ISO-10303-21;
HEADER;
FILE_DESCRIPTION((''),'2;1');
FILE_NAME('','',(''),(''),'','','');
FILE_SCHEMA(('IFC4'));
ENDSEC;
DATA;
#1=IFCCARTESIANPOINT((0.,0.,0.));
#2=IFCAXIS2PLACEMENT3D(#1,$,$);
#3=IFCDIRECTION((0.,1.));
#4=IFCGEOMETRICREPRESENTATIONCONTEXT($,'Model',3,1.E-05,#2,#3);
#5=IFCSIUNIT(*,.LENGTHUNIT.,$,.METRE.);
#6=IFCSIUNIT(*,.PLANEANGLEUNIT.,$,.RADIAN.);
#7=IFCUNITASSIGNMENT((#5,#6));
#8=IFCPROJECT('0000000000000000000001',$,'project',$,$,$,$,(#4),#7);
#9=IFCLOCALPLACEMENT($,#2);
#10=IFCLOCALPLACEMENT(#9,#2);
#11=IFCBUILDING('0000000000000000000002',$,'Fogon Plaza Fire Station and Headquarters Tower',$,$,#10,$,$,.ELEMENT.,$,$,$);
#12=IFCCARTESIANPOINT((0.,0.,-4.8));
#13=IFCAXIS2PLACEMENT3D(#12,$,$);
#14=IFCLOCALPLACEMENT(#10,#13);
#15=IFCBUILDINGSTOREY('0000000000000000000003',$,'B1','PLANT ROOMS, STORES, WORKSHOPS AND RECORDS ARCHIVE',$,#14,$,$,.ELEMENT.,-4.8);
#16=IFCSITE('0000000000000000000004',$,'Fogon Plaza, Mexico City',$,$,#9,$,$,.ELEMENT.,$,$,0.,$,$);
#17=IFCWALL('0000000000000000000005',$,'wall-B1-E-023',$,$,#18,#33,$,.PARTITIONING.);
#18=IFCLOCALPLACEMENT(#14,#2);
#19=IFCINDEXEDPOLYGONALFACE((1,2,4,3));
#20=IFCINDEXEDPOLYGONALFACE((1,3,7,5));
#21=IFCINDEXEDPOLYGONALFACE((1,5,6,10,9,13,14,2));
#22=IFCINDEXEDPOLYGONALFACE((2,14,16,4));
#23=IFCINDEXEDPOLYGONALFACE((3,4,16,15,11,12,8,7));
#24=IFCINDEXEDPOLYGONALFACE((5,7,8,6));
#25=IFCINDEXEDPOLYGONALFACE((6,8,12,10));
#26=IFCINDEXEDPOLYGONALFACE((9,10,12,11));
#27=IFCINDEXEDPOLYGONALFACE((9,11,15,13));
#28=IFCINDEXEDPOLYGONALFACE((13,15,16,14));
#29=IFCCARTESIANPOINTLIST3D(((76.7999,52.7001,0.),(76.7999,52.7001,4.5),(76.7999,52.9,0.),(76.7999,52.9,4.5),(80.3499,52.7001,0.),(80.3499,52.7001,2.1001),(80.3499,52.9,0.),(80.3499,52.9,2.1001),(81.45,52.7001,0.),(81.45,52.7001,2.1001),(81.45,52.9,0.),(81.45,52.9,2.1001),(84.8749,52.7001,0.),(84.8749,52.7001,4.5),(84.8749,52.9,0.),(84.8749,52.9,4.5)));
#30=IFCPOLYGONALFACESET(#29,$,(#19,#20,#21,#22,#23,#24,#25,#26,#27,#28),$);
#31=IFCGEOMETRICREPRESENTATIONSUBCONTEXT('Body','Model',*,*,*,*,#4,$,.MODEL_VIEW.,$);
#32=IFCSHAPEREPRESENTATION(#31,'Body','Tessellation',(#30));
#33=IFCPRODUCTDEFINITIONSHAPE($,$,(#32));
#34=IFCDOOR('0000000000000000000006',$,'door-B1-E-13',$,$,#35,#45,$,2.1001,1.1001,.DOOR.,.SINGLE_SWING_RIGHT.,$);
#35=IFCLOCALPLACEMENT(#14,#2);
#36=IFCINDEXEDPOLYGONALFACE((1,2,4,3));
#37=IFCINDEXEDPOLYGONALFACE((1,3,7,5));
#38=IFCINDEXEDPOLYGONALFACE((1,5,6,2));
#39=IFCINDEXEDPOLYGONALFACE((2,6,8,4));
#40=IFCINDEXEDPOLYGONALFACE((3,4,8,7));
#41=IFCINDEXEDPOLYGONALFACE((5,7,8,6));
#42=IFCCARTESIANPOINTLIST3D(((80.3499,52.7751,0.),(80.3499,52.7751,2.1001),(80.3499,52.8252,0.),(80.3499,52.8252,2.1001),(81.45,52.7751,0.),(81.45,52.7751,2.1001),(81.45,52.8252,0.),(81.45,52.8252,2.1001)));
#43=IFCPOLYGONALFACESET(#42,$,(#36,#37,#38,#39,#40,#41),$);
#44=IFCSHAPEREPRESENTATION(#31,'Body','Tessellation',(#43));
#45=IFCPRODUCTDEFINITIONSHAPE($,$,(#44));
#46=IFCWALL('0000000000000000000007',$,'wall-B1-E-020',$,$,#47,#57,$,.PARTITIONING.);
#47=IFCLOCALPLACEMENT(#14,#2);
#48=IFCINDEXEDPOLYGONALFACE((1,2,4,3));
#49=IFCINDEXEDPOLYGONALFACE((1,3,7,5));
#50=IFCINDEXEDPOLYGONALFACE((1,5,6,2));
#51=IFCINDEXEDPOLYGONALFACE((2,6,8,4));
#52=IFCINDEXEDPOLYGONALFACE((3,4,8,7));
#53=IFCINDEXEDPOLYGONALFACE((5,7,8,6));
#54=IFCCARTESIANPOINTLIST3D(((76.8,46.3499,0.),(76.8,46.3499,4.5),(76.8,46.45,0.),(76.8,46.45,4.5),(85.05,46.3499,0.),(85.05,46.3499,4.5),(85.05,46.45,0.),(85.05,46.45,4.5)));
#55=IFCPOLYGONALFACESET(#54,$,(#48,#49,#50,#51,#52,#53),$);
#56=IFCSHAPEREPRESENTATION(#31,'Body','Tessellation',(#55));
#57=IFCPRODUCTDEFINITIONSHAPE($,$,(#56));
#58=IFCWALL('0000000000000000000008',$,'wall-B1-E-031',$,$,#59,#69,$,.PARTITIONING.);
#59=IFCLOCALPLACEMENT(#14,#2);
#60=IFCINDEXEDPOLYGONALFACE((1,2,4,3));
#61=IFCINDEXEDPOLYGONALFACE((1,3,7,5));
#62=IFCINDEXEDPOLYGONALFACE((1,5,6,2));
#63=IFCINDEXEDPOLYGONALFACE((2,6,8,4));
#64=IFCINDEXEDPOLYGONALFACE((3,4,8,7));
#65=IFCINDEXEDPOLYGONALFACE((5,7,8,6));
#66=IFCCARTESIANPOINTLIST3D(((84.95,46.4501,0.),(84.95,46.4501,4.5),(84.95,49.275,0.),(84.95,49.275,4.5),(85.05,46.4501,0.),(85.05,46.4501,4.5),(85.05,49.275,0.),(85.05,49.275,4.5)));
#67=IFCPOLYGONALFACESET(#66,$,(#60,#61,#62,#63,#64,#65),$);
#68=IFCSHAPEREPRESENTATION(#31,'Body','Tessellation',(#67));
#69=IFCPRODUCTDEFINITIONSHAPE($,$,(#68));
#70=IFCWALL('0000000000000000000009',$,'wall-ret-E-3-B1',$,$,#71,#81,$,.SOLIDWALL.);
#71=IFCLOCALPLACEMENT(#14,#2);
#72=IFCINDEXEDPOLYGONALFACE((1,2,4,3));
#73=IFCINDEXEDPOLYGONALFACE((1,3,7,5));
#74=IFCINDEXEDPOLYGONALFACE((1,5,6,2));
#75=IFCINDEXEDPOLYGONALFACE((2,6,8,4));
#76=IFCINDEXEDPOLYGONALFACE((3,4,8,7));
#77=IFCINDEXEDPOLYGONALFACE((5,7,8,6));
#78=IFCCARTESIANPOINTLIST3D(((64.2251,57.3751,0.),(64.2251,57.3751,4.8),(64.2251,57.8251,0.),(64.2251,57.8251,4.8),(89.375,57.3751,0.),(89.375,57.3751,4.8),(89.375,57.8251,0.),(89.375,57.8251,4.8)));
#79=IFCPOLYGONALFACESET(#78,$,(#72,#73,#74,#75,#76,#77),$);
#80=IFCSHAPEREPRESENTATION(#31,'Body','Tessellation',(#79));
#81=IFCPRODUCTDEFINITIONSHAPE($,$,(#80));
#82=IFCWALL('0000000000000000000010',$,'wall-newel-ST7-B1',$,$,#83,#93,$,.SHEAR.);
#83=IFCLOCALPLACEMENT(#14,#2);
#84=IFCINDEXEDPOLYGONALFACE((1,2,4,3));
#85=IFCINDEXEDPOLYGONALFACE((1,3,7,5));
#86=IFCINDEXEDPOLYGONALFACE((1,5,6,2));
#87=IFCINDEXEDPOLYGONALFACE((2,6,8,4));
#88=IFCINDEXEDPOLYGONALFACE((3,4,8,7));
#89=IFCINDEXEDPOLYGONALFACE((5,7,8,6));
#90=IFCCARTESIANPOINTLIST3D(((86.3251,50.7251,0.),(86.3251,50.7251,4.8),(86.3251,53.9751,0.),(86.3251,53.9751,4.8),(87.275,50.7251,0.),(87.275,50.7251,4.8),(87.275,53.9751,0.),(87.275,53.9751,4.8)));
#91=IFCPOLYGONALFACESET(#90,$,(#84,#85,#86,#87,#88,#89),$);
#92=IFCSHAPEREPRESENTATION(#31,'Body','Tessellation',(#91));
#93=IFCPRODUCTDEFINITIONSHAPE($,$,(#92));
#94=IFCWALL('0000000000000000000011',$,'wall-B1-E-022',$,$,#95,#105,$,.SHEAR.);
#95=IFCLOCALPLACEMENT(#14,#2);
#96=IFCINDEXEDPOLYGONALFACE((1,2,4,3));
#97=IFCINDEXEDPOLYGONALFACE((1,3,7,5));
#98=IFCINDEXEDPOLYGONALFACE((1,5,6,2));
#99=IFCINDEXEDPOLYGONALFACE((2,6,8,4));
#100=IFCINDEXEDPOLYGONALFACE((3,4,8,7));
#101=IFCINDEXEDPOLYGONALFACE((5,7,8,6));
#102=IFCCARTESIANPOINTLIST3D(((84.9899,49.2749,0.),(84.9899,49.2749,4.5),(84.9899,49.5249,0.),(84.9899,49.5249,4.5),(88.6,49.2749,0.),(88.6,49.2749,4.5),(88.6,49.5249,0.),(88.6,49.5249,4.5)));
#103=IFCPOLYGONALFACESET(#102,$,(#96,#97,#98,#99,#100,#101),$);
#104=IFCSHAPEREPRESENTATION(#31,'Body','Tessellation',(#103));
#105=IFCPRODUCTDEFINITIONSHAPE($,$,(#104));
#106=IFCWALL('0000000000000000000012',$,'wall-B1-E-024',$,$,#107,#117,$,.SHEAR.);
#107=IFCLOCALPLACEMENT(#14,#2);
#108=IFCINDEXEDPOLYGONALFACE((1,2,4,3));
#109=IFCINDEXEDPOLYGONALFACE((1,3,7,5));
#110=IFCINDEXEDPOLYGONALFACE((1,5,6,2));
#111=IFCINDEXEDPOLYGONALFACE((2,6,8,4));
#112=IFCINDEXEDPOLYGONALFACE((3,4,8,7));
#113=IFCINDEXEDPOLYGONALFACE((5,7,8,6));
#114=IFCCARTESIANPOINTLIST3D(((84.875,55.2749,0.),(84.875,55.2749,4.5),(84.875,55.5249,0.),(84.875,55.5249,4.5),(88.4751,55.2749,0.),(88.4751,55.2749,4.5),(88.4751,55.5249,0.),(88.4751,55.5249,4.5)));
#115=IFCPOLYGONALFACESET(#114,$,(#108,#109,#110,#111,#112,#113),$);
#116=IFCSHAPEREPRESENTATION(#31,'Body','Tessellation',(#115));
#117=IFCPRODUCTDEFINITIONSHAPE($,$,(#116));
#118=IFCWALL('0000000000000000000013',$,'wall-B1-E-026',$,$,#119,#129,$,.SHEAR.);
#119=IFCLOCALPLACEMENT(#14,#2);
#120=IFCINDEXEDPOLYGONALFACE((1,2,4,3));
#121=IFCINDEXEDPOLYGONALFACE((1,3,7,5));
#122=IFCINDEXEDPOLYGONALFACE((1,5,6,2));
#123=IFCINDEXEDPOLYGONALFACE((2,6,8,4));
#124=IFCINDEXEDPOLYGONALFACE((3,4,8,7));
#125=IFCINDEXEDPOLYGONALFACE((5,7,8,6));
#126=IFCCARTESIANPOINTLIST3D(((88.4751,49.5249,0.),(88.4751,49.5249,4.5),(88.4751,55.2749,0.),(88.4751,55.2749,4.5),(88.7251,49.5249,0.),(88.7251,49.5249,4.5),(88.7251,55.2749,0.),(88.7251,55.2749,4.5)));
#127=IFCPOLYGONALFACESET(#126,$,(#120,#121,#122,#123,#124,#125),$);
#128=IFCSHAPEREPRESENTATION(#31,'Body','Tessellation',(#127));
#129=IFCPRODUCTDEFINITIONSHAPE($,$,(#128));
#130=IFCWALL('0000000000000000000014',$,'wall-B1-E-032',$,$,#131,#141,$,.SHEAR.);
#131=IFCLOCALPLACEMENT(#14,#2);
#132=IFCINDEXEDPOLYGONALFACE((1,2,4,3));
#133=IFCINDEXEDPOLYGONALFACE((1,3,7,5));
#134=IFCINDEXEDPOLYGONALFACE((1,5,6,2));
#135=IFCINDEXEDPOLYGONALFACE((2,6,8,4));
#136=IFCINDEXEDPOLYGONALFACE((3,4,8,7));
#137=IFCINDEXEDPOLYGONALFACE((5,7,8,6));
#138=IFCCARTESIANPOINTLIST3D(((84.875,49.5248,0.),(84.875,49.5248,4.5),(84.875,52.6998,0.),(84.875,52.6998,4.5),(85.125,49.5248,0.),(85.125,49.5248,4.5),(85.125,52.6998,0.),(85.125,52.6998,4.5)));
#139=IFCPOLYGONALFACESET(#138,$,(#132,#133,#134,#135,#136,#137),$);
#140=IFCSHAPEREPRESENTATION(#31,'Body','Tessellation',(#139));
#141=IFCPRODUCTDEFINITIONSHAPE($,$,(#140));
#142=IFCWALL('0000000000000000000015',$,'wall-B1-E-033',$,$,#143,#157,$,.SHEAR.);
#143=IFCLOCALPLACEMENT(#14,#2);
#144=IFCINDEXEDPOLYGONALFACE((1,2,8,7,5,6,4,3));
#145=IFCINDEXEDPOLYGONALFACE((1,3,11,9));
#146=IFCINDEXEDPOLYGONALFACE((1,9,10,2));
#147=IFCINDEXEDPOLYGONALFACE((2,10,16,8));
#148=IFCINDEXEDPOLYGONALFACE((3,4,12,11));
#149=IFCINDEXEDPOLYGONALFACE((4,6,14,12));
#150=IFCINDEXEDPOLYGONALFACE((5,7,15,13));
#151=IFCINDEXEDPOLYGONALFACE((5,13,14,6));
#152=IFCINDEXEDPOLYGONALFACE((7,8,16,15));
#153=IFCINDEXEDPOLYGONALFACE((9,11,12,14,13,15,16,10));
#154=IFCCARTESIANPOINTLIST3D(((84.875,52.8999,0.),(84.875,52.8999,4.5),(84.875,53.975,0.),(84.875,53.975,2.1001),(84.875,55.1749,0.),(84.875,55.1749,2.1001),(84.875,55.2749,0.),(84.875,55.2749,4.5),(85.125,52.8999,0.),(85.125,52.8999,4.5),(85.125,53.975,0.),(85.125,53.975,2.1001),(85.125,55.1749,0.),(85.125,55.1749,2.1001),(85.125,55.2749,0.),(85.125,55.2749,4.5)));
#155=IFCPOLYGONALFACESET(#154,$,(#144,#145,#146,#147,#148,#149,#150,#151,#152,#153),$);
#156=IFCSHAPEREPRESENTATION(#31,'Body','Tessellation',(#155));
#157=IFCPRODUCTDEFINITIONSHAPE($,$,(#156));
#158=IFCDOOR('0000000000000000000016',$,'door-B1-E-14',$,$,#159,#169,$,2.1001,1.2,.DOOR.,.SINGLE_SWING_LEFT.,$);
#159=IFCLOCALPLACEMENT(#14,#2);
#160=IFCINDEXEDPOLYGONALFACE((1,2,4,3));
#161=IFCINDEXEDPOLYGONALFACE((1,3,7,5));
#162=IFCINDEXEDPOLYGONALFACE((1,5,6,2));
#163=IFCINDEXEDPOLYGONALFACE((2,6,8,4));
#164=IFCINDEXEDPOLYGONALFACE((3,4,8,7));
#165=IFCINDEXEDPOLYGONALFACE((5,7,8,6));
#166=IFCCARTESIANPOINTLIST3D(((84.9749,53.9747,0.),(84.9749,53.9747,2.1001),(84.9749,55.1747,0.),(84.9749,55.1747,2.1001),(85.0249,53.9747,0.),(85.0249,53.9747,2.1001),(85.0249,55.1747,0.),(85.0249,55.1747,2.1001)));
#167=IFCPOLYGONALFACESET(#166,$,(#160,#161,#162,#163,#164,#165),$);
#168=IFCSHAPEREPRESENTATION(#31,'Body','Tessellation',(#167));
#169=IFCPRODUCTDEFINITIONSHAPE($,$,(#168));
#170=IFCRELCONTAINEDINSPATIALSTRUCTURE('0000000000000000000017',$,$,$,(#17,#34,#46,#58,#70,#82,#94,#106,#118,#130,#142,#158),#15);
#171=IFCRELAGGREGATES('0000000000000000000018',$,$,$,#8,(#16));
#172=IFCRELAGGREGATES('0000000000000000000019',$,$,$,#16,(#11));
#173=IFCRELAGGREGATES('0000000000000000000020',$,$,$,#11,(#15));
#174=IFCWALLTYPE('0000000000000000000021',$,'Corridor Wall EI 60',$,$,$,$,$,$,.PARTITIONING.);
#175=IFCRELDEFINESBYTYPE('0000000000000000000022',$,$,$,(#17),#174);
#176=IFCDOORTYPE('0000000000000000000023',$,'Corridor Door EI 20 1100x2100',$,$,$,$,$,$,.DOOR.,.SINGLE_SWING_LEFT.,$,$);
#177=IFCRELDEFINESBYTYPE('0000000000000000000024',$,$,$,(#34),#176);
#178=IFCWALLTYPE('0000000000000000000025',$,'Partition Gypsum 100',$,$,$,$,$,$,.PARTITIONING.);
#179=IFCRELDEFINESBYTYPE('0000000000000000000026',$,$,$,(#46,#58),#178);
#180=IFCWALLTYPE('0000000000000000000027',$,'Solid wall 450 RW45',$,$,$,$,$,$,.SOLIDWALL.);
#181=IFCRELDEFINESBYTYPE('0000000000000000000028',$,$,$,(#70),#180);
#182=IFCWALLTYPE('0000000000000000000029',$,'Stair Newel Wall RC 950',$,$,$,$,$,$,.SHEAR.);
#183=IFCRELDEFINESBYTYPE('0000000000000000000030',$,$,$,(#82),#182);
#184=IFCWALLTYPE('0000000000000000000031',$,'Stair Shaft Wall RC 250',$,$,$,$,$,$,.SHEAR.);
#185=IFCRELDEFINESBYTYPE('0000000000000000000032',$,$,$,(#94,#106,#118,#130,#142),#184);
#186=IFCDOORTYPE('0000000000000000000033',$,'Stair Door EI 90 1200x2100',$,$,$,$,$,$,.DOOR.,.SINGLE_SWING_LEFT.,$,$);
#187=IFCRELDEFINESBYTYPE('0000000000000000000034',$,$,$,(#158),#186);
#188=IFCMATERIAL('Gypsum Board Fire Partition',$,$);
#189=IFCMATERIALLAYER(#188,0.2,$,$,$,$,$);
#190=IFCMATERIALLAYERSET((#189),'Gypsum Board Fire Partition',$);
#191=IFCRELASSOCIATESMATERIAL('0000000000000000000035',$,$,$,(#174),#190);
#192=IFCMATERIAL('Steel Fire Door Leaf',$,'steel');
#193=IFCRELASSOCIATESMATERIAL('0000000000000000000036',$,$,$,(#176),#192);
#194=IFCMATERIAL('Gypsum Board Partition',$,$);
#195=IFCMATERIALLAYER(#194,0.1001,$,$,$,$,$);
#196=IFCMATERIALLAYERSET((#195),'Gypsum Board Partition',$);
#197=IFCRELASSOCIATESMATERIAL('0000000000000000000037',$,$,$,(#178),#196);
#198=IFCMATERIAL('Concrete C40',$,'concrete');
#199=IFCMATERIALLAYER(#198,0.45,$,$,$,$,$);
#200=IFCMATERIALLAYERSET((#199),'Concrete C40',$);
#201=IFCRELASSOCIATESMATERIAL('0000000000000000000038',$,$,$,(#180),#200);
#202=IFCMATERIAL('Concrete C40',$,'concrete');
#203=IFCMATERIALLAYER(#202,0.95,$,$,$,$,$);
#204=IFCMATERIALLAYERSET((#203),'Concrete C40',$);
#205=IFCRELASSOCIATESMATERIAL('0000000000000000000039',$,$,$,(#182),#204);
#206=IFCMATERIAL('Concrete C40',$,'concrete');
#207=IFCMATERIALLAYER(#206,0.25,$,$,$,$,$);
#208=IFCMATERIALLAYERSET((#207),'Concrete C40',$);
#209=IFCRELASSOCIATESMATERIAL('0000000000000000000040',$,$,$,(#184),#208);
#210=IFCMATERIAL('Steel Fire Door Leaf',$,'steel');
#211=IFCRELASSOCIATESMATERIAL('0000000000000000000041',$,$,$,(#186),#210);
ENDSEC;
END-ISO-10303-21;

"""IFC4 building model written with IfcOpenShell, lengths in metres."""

from ifc_helpers import new_model, si_unit, direction, frame, frame_2d, origin, place, context, subcontext, project, spatial, rectangle, extrude, material, layer, layer_set, type_object, element, fill, save


model = new_model("IFC4")

# Units and contexts
model_context = context("Model", 3, precision=1e-05, world=origin(), true_north=direction((0.0, 1.0)))
body_context = subcontext(model_context, "Body", "Model", "MODEL_VIEW")
ifc_project = project(units=[si_unit("LENGTHUNIT", "METRE"), si_unit("PLANEANGLEUNIT", "RADIAN")], contexts=[model_context])

# Site, building, storey
site_placement = place(None, origin())
site = spatial("IfcSite", under=ifc_project, at=site_placement, Name="Fogon Plaza, Mexico City", CompositionType="ELEMENT", RefElevation=0.0)
building_placement = place(site_placement, origin())
building = spatial("IfcBuilding", under=site, at=building_placement, Name="Fogon Plaza Fire Station and Headquarters Tower", CompositionType="ELEMENT")
storey_placement = place(building_placement, frame((0.0, 0.0, -4.8)))
storey = spatial("IfcBuildingStorey", under=building, at=storey_placement, Name="B1", Description="PLANT ROOMS, STORES, WORKSHOPS AND RECORDS ARCHIVE", CompositionType="ELEMENT", Elevation=-4.8)

# Wall, opening, door
ifc_material_1 = material(Name="Gypsum Board Fire Partition")
ifc_layer_1 = layer(ifc_material_1, 0.2)
ifc_layer_set_1 = layer_set([ifc_layer_1], Name="Gypsum Board Fire Partition")
wall_type_1 = type_object("IfcWallType", Name="Corridor Wall EI 60", PredefinedType="PARTITIONING", material=ifc_layer_set_1)
wall_1_placement = place(storey_placement, frame((84.875, 52.8, 0.0), z_axis=(0.0, 0.0, 1.0), x_axis=(-1.0, 0.0, 0.0)))
wall_1 = element("IfcWall", 1, at=wall_1_placement, inside=storey, type_object=wall_type_1, Name="wall-B1-E-023", PredefinedType="PARTITIONING", context=body_context, shape_type="SweptSolid", body=[
    extrude(rectangle(XDim=8.075, YDim=0.2, at=frame_2d((4.0376, 0.0))), origin(), (0.0, 0.0, 1.0), 4.5),
])
opening_1_placement = place(wall_1_placement, frame((3.425, 0.0, 0.0)))
opening_1 = element("IfcOpeningElement", 2, at=opening_1_placement, cuts=wall_1, PredefinedType="OPENING", context=body_context, shape_type="SweptSolid", body=[
    extrude(rectangle(XDim=1.1001, YDim=2.1001, at=frame_2d((0.55, 1.05))), frame((0.0, 0.1099, 0.0), z_axis=(0.0, -1.0, 0.0), x_axis=(1.0, 0.0, 0.0)), (0.0, 0.0, 1.0), 0.22),
])
ifc_material_2 = material(Name="Steel Fire Door Leaf", Category="steel")
door_type_1 = type_object("IfcDoorType", Name="Corridor Door EI 20 1100x2100", OperationType="SINGLE_SWING_LEFT", PredefinedType="DOOR", material=ifc_material_2)
door_1_placement = place(opening_1_placement, origin())
door_1 = element("IfcDoor", 3, at=door_1_placement, inside=storey, type_object=door_type_1, Name="door-B1-E-13", OperationType="SINGLE_SWING_RIGHT", OverallHeight=2.1001, OverallWidth=1.1001, PredefinedType="DOOR", context=body_context, shape_type="SweptSolid", body=[
    extrude(rectangle(XDim=1.1001, YDim=2.1001, at=frame_2d((0.55, 1.05))), frame((0.0, 0.0249, 0.0), z_axis=(0.0, -1.0, 0.0), x_axis=(1.0, 0.0, 0.0)), (0.0, 0.0, 1.0), 0.05),
])
fill(opening_1, door_1)

# Walls
ifc_material_3 = material(Name="Gypsum Board Partition")
ifc_layer_2 = layer(ifc_material_3, 0.1001)
ifc_layer_set_2 = layer_set([ifc_layer_2], Name="Gypsum Board Partition")
wall_type_2 = type_object("IfcWallType", Name="Partition Gypsum 100", PredefinedType="PARTITIONING", material=ifc_layer_set_2)
wall_2_placement = place(storey_placement, frame((85.05, 46.3999, 0.0), z_axis=(0.0, 0.0, 1.0), x_axis=(-1.0, 0.0, 0.0)))
element("IfcWall", 4, at=wall_2_placement, inside=storey, type_object=wall_type_2, Name="wall-B1-E-020", PredefinedType="PARTITIONING", context=body_context, shape_type="SweptSolid", body=[
    extrude(rectangle(XDim=8.25, YDim=0.1001, at=frame_2d((4.125, 0.0))), origin(), (0.0, 0.0, 1.0), 4.5),
])
wall_3_placement = place(storey_placement, frame((85.0, 46.45, 0.0), z_axis=(0.0, 0.0, 1.0), x_axis=(0.0, 1.0, 0.0)))
element("IfcWall", 5, at=wall_3_placement, inside=storey, type_object=wall_type_2, Name="wall-B1-E-031", PredefinedType="PARTITIONING", context=body_context, shape_type="SweptSolid", body=[
    extrude(rectangle(XDim=2.825, YDim=0.1001, at=frame_2d((1.4126, 0.0))), origin(), (0.0, 0.0, 1.0), 4.5),
])
ifc_material_4 = material(Name="Concrete C40", Category="concrete")
ifc_layer_3 = layer(ifc_material_4, 0.45)
ifc_layer_set_3 = layer_set([ifc_layer_3], Name="Concrete C40")
wall_type_3 = type_object("IfcWallType", Name="Solid wall 450 RW45", PredefinedType="SOLIDWALL", material=ifc_layer_set_3)
wall_4_placement = place(storey_placement, frame((89.375, 57.6001, 0.0), z_axis=(0.0, 0.0, 1.0), x_axis=(-1.0, 0.0, 0.0)))
element("IfcWall", 6, at=wall_4_placement, inside=storey, type_object=wall_type_3, Name="wall-ret-E-3-B1", PredefinedType="SOLIDWALL", context=body_context, shape_type="SweptSolid", body=[
    extrude(rectangle(XDim=25.1499, YDim=0.45, at=frame_2d((12.575, 0.0))), origin(), (0.0, 0.0, 1.0), 4.8),
])
ifc_material_5 = material(Name="Concrete C40", Category="concrete")
ifc_layer_4 = layer(ifc_material_5, 0.95)
ifc_layer_set_4 = layer_set([ifc_layer_4], Name="Concrete C40")
wall_type_4 = type_object("IfcWallType", Name="Stair Newel Wall RC 950", PredefinedType="SHEAR", material=ifc_layer_set_4)
wall_5_placement = place(storey_placement, frame((86.8, 53.9751, 0.0), z_axis=(0.0, 0.0, 1.0), x_axis=(0.0, -1.0, 0.0)))
element("IfcWall", 7, at=wall_5_placement, inside=storey, type_object=wall_type_4, Name="wall-newel-ST7-B1", PredefinedType="SHEAR", context=body_context, shape_type="SweptSolid", body=[
    extrude(rectangle(XDim=3.25, YDim=0.95, at=frame_2d((1.625, 0.0))), origin(), (0.0, 0.0, 1.0), 4.8),
])
ifc_material_6 = material(Name="Concrete C40", Category="concrete")
ifc_layer_5 = layer(ifc_material_6, 0.25)
ifc_layer_set_5 = layer_set([ifc_layer_5], Name="Concrete C40")
wall_type_5 = type_object("IfcWallType", Name="Stair Shaft Wall RC 250", PredefinedType="SHEAR", material=ifc_layer_set_5)
wall_6_placement = place(storey_placement, frame((88.6001, 49.3999, 0.0), z_axis=(0.0, 0.0, 1.0), x_axis=(-1.0, 0.0, 0.0)))
element("IfcWall", 8, at=wall_6_placement, inside=storey, type_object=wall_type_5, Name="wall-B1-E-022", PredefinedType="SHEAR", context=body_context, shape_type="SweptSolid", body=[
    extrude(rectangle(XDim=3.6101, YDim=0.25, at=frame_2d((1.8052, 0.0))), origin(), (0.0, 0.0, 1.0), 4.5),
])
wall_7_placement = place(storey_placement, frame((88.4751, 55.3999, 0.0), z_axis=(0.0, 0.0, 1.0), x_axis=(-1.0, 0.0, 0.0)))
element("IfcWall", 9, at=wall_7_placement, inside=storey, type_object=wall_type_5, Name="wall-B1-E-024", PredefinedType="SHEAR", context=body_context, shape_type="SweptSolid", body=[
    extrude(rectangle(XDim=3.6001, YDim=0.25, at=frame_2d((1.8, 0.0))), origin(), (0.0, 0.0, 1.0), 4.5),
])
wall_8_placement = place(storey_placement, frame((88.6001, 49.5249, 0.0), z_axis=(0.0, 0.0, 1.0), x_axis=(0.0, 1.0, 0.0)))
element("IfcWall", 10, at=wall_8_placement, inside=storey, type_object=wall_type_5, Name="wall-B1-E-026", PredefinedType="SHEAR", context=body_context, shape_type="SweptSolid", body=[
    extrude(rectangle(XDim=5.75, YDim=0.25, at=frame_2d((2.875, 0.0))), origin(), (0.0, 0.0, 1.0), 4.5),
])
wall_9_placement = place(storey_placement, frame((85.0, 49.5249, 0.0), z_axis=(0.0, 0.0, 1.0), x_axis=(0.0, 1.0, 0.0)))
element("IfcWall", 11, at=wall_9_placement, inside=storey, type_object=wall_type_5, Name="wall-B1-E-032", PredefinedType="SHEAR", context=body_context, shape_type="SweptSolid", body=[
    extrude(rectangle(XDim=3.175, YDim=0.25, at=frame_2d((1.5874, 0.0))), origin(), (0.0, 0.0, 1.0), 4.5),
])

# Wall, opening, door
wall_10_placement = place(storey_placement, frame((85.0, 52.8999, 0.0), z_axis=(0.0, 0.0, 1.0), x_axis=(0.0, 1.0, 0.0)))
wall_10 = element("IfcWall", 12, at=wall_10_placement, inside=storey, type_object=wall_type_5, Name="wall-B1-E-033", PredefinedType="SHEAR", context=body_context, shape_type="SweptSolid", body=[
    extrude(rectangle(XDim=2.375, YDim=0.25, at=frame_2d((1.1875, 0.0))), origin(), (0.0, 0.0, 1.0), 4.5),
])
opening_2_placement = place(wall_10_placement, frame((1.075, 0.0, 0.0)))
opening_2 = element("IfcOpeningElement", 13, at=opening_2_placement, cuts=wall_10, PredefinedType="OPENING", context=body_context, shape_type="SweptSolid", body=[
    extrude(rectangle(XDim=1.2, YDim=2.1001, at=frame_2d((0.6001, 1.05))), frame((0.0, 0.135, 0.0), z_axis=(0.0, -1.0, 0.0), x_axis=(1.0, 0.0, 0.0)), (0.0, 0.0, 1.0), 0.27),
])
ifc_material_7 = material(Name="Steel Fire Door Leaf", Category="steel")
door_type_2 = type_object("IfcDoorType", Name="Stair Door EI 90 1200x2100", OperationType="SINGLE_SWING_LEFT", PredefinedType="DOOR", material=ifc_material_7)
door_2_placement = place(opening_2_placement, frame((1.2, 0.0, 0.0), z_axis=(0.0, 0.0, 1.0), x_axis=(-1.0, 0.0, 0.0)))
door_2 = element("IfcDoor", 14, at=door_2_placement, inside=storey, type_object=door_type_2, Name="door-B1-E-14", OperationType="SINGLE_SWING_LEFT", OverallHeight=2.1001, OverallWidth=1.2, PredefinedType="DOOR", context=body_context, shape_type="SweptSolid", body=[
    extrude(rectangle(XDim=1.2, YDim=2.1001, at=frame_2d((0.6001, 1.05))), frame((0.0, 0.0249, 0.0), z_axis=(0.0, -1.0, 0.0), x_axis=(1.0, 0.0, 0.0)), (0.0, 0.0, 1.0), 0.05),
])
fill(opening_2, door_2)

save(model, "model.ifc")
